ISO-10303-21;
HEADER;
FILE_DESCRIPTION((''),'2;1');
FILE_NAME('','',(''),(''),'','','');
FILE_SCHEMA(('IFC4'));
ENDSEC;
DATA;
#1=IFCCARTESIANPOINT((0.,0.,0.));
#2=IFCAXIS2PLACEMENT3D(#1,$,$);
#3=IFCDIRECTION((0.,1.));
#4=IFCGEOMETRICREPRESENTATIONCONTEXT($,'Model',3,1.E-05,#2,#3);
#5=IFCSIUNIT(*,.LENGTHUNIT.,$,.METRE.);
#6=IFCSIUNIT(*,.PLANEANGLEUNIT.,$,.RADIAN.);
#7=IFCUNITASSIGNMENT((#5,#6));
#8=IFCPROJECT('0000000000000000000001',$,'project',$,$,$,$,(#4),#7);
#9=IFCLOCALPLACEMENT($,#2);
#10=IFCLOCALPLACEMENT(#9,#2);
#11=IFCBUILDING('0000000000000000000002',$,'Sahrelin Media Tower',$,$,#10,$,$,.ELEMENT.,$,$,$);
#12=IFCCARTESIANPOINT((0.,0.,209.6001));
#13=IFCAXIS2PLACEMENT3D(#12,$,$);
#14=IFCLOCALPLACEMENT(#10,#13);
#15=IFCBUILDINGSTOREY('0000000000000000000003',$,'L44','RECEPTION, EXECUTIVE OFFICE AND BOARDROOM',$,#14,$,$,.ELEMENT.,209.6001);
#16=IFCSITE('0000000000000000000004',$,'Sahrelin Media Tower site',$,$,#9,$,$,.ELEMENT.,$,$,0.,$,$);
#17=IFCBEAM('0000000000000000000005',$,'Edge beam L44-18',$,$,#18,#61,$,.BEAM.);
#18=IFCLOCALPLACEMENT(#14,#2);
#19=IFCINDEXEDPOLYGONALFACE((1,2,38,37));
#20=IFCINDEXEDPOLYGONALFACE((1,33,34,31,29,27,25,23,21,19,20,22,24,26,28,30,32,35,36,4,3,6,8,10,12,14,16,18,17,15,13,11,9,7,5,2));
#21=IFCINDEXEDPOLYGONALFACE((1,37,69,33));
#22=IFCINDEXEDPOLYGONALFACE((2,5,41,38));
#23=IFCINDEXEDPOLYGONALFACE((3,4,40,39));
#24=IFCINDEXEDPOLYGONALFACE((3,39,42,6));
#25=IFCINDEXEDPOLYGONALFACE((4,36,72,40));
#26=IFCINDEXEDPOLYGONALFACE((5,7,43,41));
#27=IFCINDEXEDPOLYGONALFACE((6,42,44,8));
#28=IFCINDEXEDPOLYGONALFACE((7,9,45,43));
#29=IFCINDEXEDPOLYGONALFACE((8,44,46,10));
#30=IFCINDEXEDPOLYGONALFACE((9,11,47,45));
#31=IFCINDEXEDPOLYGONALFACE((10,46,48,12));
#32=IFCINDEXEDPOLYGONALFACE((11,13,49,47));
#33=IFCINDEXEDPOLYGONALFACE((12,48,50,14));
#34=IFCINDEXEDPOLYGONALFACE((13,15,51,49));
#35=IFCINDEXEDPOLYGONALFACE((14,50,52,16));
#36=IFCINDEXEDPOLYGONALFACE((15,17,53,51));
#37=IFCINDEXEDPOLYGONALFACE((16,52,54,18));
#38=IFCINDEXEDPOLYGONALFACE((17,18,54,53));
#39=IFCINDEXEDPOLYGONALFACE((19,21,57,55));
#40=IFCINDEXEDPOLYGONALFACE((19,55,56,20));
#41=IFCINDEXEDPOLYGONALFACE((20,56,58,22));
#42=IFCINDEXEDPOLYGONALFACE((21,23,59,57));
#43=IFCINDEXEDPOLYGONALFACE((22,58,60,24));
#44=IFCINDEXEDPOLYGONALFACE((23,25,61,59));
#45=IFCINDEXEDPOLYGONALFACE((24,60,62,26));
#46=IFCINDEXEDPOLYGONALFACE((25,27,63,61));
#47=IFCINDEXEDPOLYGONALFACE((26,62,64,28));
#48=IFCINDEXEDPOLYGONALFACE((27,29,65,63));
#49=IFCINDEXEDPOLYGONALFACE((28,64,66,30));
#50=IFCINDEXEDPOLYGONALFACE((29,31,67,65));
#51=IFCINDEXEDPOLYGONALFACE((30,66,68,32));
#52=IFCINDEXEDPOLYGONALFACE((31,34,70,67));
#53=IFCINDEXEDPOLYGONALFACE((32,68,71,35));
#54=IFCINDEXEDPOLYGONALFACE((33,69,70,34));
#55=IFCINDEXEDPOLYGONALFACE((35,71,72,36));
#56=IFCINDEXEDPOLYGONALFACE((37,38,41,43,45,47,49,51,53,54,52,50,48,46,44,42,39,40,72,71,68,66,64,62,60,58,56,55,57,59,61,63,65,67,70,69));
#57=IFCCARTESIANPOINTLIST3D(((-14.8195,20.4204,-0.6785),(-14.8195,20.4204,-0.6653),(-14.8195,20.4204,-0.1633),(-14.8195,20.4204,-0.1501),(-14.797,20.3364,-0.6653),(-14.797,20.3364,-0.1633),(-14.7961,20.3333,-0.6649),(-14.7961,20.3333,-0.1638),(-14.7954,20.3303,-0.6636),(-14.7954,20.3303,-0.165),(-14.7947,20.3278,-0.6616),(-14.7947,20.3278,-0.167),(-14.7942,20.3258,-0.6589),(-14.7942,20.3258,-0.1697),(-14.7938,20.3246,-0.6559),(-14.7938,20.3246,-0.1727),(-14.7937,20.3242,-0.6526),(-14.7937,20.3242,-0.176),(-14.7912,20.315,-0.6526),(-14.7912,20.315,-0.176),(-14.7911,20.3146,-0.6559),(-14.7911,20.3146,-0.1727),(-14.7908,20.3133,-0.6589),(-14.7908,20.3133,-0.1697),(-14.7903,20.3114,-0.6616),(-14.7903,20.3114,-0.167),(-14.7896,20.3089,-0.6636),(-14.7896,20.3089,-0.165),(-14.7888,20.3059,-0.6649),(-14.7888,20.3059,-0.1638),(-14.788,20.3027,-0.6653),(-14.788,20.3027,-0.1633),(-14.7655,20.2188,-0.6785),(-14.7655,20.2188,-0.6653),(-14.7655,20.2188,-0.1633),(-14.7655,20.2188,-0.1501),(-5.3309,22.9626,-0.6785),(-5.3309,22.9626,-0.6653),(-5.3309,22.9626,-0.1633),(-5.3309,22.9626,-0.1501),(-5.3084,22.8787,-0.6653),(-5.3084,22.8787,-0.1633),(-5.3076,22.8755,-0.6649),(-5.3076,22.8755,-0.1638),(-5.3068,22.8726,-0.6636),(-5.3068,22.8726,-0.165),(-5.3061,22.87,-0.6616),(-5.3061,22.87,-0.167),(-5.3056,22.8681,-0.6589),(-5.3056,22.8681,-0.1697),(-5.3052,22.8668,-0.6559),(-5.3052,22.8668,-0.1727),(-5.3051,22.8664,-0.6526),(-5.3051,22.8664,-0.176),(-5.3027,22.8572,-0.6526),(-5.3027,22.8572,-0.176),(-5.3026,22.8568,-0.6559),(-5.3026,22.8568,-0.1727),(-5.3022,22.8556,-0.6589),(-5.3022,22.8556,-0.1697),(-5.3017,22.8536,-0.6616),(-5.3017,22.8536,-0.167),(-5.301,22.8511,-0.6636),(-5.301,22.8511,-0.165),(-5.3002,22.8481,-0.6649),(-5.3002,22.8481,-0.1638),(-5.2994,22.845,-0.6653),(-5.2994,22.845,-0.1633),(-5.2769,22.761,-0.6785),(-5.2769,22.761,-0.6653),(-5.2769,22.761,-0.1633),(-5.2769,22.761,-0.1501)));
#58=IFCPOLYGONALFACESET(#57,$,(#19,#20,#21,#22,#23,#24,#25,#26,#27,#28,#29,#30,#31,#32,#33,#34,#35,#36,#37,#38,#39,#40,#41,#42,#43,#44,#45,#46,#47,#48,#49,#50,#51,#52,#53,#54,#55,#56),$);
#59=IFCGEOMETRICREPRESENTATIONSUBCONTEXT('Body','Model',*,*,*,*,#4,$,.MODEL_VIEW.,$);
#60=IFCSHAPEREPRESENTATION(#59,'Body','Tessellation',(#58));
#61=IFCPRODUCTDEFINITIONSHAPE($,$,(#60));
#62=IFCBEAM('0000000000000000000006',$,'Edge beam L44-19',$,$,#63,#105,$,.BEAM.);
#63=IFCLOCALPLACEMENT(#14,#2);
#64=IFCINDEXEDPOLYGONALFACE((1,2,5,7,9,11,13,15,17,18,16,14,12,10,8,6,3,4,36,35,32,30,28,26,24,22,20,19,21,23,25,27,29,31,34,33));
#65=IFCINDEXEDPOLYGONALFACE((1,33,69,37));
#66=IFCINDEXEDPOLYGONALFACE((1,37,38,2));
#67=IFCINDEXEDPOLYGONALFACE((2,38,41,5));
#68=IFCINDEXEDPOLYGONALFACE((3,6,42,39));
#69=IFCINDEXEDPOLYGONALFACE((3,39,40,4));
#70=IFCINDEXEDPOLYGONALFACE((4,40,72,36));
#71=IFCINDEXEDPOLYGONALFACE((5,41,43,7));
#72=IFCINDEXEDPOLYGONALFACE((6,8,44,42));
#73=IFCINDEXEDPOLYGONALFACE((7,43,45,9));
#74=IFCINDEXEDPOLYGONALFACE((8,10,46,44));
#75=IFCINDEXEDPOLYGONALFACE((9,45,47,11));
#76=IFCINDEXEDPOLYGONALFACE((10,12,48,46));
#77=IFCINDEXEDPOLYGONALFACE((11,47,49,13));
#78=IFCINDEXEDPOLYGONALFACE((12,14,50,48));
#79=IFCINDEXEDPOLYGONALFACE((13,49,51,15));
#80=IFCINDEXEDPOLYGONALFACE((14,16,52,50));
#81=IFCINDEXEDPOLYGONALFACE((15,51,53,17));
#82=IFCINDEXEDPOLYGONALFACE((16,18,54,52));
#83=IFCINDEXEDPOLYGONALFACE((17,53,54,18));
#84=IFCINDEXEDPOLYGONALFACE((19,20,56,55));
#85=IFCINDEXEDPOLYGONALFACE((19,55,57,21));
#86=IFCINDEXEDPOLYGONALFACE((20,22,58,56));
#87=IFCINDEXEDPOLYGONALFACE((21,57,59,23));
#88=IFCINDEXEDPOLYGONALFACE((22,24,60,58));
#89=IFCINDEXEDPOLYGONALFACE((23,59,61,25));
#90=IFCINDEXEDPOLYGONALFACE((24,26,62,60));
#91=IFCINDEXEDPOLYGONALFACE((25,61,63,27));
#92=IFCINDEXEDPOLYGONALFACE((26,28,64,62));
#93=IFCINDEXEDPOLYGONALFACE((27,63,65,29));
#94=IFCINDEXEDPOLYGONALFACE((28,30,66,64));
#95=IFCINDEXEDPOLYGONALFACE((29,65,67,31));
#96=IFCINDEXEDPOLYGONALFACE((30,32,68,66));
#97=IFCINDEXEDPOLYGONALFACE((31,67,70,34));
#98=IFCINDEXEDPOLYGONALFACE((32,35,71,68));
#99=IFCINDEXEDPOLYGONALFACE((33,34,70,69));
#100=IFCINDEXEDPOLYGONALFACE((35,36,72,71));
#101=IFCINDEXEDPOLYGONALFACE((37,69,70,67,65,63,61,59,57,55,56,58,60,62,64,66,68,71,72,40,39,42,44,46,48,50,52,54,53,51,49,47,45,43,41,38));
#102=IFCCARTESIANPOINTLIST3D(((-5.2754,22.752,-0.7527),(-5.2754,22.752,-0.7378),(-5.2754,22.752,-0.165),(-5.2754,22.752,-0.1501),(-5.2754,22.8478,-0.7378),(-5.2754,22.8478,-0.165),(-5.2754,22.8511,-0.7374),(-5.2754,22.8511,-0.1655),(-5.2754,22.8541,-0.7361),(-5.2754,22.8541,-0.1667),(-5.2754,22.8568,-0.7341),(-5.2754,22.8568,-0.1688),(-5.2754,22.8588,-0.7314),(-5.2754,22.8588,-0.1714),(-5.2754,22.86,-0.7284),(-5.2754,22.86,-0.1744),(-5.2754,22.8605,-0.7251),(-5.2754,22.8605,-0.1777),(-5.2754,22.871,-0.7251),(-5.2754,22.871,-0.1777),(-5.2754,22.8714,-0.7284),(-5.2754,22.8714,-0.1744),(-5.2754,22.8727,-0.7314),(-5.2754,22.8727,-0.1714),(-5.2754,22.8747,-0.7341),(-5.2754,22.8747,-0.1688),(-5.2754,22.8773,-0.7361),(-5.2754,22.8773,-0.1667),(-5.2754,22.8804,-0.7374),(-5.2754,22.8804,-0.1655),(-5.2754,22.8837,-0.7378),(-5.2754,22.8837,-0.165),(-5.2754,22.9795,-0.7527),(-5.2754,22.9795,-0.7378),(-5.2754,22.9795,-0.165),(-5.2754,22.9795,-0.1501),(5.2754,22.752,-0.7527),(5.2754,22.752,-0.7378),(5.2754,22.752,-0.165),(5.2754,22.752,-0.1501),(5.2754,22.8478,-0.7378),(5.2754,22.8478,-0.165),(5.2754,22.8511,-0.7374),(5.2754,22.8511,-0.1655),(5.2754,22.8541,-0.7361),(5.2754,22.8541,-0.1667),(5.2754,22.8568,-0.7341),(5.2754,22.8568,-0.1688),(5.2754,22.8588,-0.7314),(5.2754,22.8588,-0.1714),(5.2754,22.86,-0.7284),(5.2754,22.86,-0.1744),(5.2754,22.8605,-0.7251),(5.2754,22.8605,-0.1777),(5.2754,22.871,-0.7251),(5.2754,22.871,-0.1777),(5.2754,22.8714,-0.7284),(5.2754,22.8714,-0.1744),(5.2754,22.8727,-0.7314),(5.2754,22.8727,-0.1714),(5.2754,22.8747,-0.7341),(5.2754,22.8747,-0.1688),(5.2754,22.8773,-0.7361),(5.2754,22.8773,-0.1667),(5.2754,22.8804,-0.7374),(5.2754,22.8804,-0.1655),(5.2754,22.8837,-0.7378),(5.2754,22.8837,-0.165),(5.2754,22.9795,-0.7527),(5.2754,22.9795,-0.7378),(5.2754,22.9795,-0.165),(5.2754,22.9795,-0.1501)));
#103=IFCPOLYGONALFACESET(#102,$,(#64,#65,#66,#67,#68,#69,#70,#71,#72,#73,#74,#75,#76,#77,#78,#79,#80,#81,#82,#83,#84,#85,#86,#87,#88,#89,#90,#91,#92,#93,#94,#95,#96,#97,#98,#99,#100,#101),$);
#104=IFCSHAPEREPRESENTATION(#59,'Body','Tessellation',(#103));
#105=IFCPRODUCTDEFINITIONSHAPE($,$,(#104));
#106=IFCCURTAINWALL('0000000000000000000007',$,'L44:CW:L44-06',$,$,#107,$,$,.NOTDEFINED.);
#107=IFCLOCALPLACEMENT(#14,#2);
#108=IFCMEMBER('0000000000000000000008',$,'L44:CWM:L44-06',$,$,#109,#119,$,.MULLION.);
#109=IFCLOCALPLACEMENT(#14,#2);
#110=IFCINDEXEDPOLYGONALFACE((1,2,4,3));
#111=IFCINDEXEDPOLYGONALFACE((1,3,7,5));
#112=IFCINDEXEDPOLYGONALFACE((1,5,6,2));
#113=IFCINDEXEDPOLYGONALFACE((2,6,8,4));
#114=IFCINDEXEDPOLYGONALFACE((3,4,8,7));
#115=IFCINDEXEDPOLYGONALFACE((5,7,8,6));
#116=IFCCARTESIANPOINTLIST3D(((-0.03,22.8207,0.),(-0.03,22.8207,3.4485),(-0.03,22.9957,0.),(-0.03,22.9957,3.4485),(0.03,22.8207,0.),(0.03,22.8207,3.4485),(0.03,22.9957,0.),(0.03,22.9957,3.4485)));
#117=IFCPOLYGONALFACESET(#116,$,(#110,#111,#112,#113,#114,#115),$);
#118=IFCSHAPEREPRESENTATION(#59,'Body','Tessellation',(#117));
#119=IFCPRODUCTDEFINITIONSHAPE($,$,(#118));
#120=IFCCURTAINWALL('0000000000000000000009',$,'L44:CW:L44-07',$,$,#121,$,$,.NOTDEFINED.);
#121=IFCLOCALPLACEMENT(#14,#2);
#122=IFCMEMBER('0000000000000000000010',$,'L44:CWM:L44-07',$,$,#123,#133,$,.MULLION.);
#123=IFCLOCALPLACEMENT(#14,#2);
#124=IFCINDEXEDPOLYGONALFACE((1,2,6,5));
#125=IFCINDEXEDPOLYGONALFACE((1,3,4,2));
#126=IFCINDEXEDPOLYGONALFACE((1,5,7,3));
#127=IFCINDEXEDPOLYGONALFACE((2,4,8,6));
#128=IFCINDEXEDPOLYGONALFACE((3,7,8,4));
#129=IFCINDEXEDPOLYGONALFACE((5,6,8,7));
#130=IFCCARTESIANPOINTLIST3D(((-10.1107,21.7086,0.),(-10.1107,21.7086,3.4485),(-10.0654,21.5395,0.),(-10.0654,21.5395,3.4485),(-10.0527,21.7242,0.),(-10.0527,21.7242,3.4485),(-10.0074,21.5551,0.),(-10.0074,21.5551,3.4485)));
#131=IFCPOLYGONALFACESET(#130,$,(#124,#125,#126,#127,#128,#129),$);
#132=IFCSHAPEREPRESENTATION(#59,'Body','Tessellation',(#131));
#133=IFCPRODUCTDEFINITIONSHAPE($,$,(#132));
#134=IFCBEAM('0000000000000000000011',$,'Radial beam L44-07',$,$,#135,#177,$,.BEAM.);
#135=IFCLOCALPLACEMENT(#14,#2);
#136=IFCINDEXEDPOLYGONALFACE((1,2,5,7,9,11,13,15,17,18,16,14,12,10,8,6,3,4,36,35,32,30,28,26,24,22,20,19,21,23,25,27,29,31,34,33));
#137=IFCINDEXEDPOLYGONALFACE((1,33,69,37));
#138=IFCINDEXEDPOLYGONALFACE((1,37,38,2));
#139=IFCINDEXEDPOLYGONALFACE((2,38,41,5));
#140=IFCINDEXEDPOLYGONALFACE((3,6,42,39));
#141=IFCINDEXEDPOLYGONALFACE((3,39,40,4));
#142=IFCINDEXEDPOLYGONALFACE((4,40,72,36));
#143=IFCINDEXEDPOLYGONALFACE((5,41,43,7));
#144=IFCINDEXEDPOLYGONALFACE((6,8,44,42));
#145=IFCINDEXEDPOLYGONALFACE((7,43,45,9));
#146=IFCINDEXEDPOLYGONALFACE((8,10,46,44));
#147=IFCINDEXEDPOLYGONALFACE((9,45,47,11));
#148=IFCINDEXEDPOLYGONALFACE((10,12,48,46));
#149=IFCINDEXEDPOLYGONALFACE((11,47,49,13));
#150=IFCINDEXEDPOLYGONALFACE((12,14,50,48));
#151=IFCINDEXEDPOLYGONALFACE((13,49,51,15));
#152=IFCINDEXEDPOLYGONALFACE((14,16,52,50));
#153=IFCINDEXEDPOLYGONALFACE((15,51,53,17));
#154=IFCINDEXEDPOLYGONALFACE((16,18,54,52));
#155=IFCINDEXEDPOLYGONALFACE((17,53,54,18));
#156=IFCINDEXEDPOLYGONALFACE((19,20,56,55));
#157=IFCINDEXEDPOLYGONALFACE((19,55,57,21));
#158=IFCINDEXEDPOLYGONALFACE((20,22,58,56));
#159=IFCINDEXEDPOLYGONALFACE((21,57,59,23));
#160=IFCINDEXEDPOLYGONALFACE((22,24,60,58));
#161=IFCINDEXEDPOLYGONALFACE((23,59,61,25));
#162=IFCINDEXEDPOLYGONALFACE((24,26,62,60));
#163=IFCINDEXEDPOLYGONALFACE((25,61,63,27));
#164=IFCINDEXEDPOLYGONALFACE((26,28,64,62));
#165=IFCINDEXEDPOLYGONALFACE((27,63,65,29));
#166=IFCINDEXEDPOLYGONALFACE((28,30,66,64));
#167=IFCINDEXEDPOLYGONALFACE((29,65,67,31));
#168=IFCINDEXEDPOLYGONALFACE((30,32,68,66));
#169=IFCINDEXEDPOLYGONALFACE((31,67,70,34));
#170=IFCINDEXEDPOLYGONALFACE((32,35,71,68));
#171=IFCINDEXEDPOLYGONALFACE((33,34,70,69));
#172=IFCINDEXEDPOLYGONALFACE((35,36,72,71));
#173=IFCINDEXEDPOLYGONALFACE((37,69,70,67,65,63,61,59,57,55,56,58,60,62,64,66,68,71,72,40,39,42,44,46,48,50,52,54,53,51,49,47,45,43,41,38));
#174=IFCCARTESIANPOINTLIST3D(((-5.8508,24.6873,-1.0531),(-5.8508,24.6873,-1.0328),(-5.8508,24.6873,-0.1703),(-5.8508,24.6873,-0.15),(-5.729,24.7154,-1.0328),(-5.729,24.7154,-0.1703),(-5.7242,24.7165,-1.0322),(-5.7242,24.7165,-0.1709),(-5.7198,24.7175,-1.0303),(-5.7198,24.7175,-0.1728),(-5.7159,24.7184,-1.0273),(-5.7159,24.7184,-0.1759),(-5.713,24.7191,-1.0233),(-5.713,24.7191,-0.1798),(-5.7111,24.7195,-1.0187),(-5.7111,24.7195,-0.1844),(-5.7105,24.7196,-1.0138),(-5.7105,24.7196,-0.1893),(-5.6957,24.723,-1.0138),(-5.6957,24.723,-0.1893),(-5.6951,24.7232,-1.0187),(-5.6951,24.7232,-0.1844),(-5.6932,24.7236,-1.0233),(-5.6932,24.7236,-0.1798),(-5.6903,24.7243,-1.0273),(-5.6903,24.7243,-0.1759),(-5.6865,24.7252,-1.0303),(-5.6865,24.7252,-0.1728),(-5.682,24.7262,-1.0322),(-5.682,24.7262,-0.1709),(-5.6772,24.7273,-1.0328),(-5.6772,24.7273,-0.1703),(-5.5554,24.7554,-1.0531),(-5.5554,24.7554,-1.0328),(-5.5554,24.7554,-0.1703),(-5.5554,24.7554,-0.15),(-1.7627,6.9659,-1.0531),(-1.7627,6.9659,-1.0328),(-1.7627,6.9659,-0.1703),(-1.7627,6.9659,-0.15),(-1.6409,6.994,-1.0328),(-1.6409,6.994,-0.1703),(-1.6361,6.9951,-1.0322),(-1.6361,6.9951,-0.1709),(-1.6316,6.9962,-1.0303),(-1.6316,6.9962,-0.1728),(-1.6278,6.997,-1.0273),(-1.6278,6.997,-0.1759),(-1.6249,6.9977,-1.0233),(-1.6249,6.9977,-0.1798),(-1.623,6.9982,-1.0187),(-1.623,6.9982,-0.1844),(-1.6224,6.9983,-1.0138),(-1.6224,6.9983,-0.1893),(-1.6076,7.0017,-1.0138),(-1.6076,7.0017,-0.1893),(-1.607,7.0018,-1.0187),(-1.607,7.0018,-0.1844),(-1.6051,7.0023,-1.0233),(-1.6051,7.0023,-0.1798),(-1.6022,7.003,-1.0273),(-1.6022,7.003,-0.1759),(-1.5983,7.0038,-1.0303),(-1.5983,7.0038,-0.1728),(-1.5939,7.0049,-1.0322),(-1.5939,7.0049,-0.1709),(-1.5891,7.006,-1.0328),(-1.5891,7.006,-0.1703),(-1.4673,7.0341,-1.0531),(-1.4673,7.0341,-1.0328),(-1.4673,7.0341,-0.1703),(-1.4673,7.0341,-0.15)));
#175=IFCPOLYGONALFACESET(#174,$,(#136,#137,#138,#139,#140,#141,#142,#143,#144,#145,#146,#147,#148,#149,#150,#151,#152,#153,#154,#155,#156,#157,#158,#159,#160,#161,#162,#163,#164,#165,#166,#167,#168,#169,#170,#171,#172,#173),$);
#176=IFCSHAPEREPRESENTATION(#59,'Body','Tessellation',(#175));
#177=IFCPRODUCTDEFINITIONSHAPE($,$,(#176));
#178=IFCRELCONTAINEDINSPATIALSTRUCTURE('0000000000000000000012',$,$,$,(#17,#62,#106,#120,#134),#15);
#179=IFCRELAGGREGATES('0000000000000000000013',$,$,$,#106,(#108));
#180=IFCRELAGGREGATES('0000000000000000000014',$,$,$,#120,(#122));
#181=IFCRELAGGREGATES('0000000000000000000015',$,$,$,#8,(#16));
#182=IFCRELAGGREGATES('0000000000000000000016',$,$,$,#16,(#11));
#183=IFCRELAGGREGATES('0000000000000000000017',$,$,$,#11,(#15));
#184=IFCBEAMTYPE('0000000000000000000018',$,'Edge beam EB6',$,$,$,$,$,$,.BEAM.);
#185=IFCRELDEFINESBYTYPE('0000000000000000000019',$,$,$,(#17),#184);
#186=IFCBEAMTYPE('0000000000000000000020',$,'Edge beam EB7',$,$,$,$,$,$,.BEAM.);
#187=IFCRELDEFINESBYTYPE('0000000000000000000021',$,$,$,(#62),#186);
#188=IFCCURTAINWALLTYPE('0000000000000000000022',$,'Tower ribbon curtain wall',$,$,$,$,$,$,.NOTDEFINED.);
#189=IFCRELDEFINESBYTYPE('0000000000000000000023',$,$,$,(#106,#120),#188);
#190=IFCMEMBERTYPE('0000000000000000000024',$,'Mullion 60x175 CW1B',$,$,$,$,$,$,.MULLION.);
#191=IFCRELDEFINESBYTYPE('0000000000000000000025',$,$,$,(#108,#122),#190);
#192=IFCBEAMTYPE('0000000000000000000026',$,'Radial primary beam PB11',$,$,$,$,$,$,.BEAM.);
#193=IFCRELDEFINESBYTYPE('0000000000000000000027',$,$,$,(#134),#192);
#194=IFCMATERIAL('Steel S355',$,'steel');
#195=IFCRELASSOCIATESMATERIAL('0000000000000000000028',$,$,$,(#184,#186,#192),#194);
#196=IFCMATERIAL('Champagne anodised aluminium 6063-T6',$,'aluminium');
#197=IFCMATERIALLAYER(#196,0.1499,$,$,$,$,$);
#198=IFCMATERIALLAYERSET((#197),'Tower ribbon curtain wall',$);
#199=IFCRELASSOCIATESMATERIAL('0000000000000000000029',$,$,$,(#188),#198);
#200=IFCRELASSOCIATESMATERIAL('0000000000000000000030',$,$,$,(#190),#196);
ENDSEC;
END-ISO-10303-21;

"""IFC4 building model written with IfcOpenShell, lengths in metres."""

from ifc_helpers import new_model, si_unit, direction, frame, origin, origin_2d, place, context, subcontext, project, spatial, rectangle, i_section, extrude, material, layer, layer_set, material_profile, profile_set, type_object, element, aggregate, save


model = new_model("IFC4")

# Units and contexts
model_context = context("Model", 3, precision=1e-05, world=origin(), true_north=direction((0.0, 1.0)))
body_context = subcontext(model_context, "Body", "Model", "MODEL_VIEW")
ifc_project = project(units=[si_unit("LENGTHUNIT", "METRE"), si_unit("PLANEANGLEUNIT", "RADIAN")], contexts=[model_context])

# Site, building, storey
site_placement = place(None, origin())
site = spatial("IfcSite", under=ifc_project, at=site_placement, Name="Sahrelin Media Tower site", CompositionType="ELEMENT", RefElevation=0.0)
building_placement = place(site_placement, origin())
building = spatial("IfcBuilding", under=site, at=building_placement, Name="Sahrelin Media Tower", CompositionType="ELEMENT")
storey_placement = place(building_placement, frame((0.0, 0.0, 209.6001)))
storey = spatial("IfcBuildingStorey", under=building, at=storey_placement, Name="L44", Description="RECEPTION, EXECUTIVE OFFICE AND BOARDROOM", CompositionType="ELEMENT", Elevation=209.6001)

# Beams
ifc_material_1 = material(Name="Steel S355", Category="steel")
ifc_material_profile_1 = material_profile(ifc_material_1, i_section(OverallWidth=0.2087, OverallDepth=0.5283, WebThickness=0.0095, FlangeThickness=0.0132, FilletRadius=0.0127, at=origin_2d()), Name="UB 533x210x82")
ifc_profile_set_1 = profile_set([ifc_material_profile_1], Name="Steel S355")
beam_type_1 = type_object("IfcBeamType", Name="Edge beam EB6", PredefinedType="BEAM", material=ifc_profile_set_1)
beam_1_placement = place(storey_placement, frame((-14.7925, 20.3196, -0.4143), z_axis=(0.965931, 0.258799, 0.0), x_axis=(-0.258799, 0.965931, 0.0)))
element("IfcBeam", 1, at=beam_1_placement, inside=storey, type_object=beam_type_1, Name="Edge beam L44-18", PredefinedType="BEAM", context=body_context, shape_type="SweptSolid", body=[
    extrude(i_section(OverallWidth=0.2087, OverallDepth=0.5283, WebThickness=0.0095, FlangeThickness=0.0132, FilletRadius=0.0127, at=origin_2d()), origin(), (0.0, 0.0, 1.0), 9.8232),
])
ifc_material_profile_2 = material_profile(ifc_material_1, i_section(OverallWidth=0.2275, OverallDepth=0.6025, WebThickness=0.0105, FlangeThickness=0.0149, FilletRadius=0.0127, at=origin_2d()), Name="UB 610x229x101")
ifc_profile_set_2 = profile_set([ifc_material_profile_2], Name="Steel S355")
beam_type_2 = type_object("IfcBeamType", Name="Edge beam EB7", PredefinedType="BEAM", material=ifc_profile_set_2)
beam_2_placement = place(storey_placement, frame((-5.2754, 22.8657, -0.4514), z_axis=(1.0, 0.0, 0.0), x_axis=(0.0, 1.0, 0.0)))
element("IfcBeam", 2, at=beam_2_placement, inside=storey, type_object=beam_type_2, Name="Edge beam L44-19", PredefinedType="BEAM", context=body_context, shape_type="SweptSolid", body=[
    extrude(i_section(OverallWidth=0.2275, OverallDepth=0.6025, WebThickness=0.0105, FlangeThickness=0.0149, FilletRadius=0.0127, at=origin_2d()), origin(), (0.0, 0.0, 1.0), 10.5508),
])

# Curtain walls, members
ifc_material_2 = material(Name="Champagne anodised aluminium 6063-T6", Category="aluminium")
ifc_layer_1 = layer(ifc_material_2, 0.1499)
ifc_layer_set_1 = layer_set([ifc_layer_1], Name="Tower ribbon curtain wall")
curtain_wall_type = type_object("IfcCurtainWallType", Name="Tower ribbon curtain wall", PredefinedType="NOTDEFINED", material=ifc_layer_set_1)
curtain_wall_1_placement = place(storey_placement, frame((0.0, 23.0156, 0.0), z_axis=(0.0, 0.0, 1.0), x_axis=(1.0, 0.0, 0.0)))
curtain_wall_1 = element("IfcCurtainWall", 3, at=curtain_wall_1_placement, inside=storey, type_object=curtain_wall_type, Name="L44:CW:L44-06", PredefinedType="NOTDEFINED")
ifc_material_profile_3 = material_profile(ifc_material_2, rectangle(XDim=0.0601, YDim=0.175, at=origin_2d()), Name="Mullion 60x175")
ifc_profile_set_3 = profile_set([ifc_material_profile_3], Name="Champagne anodised aluminium 6063-T6")
member_type_1 = type_object("IfcMemberType", Name="Mullion 60x175 CW1B", PredefinedType="MULLION", material=ifc_profile_set_3)
member_1_placement = place(storey_placement, frame((0.0, 22.9082, 0.0), z_axis=(0.0, 0.0, 1.0), x_axis=(-1.0, 0.0, 0.0)))
member_1 = element("IfcMember", 4, at=member_1_placement, type_object=member_type_1, Name="L44:CWM:L44-06", PredefinedType="MULLION", context=body_context, shape_type="SweptSolid", body=[
    extrude(rectangle(XDim=0.0601, YDim=0.175, at=origin_2d()), origin(), (0.0, 0.0, 1.0), 3.4485),
])
aggregate(curtain_wall_1, [member_1])
curtain_wall_2_placement = place(storey_placement, frame((-10.0869, 21.7356, 0.0), z_axis=(0.0, 0.0, 1.0), x_axis=(1.0, 0.0, 0.0)))
curtain_wall_2 = element("IfcCurtainWall", 5, at=curtain_wall_2_placement, inside=storey, type_object=curtain_wall_type, Name="L44:CW:L44-07", PredefinedType="NOTDEFINED")
member_2_placement = place(storey_placement, frame((-10.0591, 21.6318, 0.0), z_axis=(0.0, 0.0, 1.0), x_axis=(-0.965928, -0.258812, 0.0)))
member_2 = element("IfcMember", 6, at=member_2_placement, type_object=member_type_1, Name="L44:CWM:L44-07", PredefinedType="MULLION", context=body_context, shape_type="SweptSolid", body=[
    extrude(rectangle(XDim=0.0601, YDim=0.175, at=origin_2d()), origin(), (0.0, 0.0, 1.0), 3.4485),
])

# Beam
ifc_material_profile_4 = material_profile(ifc_material_1, i_section(OverallWidth=0.3032, OverallDepth=0.9031, WebThickness=0.0151, FlangeThickness=0.0203, FilletRadius=0.019, at=origin_2d()), Name="UB 914x305x201")
ifc_profile_set_4 = profile_set([ifc_material_profile_4], Name="Steel S355")
beam_type_3 = type_object("IfcBeamType", Name="Radial primary beam PB11", PredefinedType="BEAM", material=ifc_profile_set_4)
beam_3_placement = place(storey_placement, frame((-1.615, 7.0, -0.6016), z_axis=(-0.224785, 0.974408, 0.0), x_axis=(-0.974408, -0.224785, 0.0)))
element("IfcBeam", 7, at=beam_3_placement, inside=storey, type_object=beam_type_3, Name="Radial beam L44-07", PredefinedType="BEAM", context=body_context, shape_type="SweptSolid", body=[
    extrude(i_section(OverallWidth=0.3032, OverallDepth=0.9031, WebThickness=0.0151, FlangeThickness=0.0203, FilletRadius=0.019, at=origin_2d()), origin(), (0.0, 0.0, 1.0), 18.1868),
])

aggregate(curtain_wall_2, [member_2])

save(model, "model.ifc")
